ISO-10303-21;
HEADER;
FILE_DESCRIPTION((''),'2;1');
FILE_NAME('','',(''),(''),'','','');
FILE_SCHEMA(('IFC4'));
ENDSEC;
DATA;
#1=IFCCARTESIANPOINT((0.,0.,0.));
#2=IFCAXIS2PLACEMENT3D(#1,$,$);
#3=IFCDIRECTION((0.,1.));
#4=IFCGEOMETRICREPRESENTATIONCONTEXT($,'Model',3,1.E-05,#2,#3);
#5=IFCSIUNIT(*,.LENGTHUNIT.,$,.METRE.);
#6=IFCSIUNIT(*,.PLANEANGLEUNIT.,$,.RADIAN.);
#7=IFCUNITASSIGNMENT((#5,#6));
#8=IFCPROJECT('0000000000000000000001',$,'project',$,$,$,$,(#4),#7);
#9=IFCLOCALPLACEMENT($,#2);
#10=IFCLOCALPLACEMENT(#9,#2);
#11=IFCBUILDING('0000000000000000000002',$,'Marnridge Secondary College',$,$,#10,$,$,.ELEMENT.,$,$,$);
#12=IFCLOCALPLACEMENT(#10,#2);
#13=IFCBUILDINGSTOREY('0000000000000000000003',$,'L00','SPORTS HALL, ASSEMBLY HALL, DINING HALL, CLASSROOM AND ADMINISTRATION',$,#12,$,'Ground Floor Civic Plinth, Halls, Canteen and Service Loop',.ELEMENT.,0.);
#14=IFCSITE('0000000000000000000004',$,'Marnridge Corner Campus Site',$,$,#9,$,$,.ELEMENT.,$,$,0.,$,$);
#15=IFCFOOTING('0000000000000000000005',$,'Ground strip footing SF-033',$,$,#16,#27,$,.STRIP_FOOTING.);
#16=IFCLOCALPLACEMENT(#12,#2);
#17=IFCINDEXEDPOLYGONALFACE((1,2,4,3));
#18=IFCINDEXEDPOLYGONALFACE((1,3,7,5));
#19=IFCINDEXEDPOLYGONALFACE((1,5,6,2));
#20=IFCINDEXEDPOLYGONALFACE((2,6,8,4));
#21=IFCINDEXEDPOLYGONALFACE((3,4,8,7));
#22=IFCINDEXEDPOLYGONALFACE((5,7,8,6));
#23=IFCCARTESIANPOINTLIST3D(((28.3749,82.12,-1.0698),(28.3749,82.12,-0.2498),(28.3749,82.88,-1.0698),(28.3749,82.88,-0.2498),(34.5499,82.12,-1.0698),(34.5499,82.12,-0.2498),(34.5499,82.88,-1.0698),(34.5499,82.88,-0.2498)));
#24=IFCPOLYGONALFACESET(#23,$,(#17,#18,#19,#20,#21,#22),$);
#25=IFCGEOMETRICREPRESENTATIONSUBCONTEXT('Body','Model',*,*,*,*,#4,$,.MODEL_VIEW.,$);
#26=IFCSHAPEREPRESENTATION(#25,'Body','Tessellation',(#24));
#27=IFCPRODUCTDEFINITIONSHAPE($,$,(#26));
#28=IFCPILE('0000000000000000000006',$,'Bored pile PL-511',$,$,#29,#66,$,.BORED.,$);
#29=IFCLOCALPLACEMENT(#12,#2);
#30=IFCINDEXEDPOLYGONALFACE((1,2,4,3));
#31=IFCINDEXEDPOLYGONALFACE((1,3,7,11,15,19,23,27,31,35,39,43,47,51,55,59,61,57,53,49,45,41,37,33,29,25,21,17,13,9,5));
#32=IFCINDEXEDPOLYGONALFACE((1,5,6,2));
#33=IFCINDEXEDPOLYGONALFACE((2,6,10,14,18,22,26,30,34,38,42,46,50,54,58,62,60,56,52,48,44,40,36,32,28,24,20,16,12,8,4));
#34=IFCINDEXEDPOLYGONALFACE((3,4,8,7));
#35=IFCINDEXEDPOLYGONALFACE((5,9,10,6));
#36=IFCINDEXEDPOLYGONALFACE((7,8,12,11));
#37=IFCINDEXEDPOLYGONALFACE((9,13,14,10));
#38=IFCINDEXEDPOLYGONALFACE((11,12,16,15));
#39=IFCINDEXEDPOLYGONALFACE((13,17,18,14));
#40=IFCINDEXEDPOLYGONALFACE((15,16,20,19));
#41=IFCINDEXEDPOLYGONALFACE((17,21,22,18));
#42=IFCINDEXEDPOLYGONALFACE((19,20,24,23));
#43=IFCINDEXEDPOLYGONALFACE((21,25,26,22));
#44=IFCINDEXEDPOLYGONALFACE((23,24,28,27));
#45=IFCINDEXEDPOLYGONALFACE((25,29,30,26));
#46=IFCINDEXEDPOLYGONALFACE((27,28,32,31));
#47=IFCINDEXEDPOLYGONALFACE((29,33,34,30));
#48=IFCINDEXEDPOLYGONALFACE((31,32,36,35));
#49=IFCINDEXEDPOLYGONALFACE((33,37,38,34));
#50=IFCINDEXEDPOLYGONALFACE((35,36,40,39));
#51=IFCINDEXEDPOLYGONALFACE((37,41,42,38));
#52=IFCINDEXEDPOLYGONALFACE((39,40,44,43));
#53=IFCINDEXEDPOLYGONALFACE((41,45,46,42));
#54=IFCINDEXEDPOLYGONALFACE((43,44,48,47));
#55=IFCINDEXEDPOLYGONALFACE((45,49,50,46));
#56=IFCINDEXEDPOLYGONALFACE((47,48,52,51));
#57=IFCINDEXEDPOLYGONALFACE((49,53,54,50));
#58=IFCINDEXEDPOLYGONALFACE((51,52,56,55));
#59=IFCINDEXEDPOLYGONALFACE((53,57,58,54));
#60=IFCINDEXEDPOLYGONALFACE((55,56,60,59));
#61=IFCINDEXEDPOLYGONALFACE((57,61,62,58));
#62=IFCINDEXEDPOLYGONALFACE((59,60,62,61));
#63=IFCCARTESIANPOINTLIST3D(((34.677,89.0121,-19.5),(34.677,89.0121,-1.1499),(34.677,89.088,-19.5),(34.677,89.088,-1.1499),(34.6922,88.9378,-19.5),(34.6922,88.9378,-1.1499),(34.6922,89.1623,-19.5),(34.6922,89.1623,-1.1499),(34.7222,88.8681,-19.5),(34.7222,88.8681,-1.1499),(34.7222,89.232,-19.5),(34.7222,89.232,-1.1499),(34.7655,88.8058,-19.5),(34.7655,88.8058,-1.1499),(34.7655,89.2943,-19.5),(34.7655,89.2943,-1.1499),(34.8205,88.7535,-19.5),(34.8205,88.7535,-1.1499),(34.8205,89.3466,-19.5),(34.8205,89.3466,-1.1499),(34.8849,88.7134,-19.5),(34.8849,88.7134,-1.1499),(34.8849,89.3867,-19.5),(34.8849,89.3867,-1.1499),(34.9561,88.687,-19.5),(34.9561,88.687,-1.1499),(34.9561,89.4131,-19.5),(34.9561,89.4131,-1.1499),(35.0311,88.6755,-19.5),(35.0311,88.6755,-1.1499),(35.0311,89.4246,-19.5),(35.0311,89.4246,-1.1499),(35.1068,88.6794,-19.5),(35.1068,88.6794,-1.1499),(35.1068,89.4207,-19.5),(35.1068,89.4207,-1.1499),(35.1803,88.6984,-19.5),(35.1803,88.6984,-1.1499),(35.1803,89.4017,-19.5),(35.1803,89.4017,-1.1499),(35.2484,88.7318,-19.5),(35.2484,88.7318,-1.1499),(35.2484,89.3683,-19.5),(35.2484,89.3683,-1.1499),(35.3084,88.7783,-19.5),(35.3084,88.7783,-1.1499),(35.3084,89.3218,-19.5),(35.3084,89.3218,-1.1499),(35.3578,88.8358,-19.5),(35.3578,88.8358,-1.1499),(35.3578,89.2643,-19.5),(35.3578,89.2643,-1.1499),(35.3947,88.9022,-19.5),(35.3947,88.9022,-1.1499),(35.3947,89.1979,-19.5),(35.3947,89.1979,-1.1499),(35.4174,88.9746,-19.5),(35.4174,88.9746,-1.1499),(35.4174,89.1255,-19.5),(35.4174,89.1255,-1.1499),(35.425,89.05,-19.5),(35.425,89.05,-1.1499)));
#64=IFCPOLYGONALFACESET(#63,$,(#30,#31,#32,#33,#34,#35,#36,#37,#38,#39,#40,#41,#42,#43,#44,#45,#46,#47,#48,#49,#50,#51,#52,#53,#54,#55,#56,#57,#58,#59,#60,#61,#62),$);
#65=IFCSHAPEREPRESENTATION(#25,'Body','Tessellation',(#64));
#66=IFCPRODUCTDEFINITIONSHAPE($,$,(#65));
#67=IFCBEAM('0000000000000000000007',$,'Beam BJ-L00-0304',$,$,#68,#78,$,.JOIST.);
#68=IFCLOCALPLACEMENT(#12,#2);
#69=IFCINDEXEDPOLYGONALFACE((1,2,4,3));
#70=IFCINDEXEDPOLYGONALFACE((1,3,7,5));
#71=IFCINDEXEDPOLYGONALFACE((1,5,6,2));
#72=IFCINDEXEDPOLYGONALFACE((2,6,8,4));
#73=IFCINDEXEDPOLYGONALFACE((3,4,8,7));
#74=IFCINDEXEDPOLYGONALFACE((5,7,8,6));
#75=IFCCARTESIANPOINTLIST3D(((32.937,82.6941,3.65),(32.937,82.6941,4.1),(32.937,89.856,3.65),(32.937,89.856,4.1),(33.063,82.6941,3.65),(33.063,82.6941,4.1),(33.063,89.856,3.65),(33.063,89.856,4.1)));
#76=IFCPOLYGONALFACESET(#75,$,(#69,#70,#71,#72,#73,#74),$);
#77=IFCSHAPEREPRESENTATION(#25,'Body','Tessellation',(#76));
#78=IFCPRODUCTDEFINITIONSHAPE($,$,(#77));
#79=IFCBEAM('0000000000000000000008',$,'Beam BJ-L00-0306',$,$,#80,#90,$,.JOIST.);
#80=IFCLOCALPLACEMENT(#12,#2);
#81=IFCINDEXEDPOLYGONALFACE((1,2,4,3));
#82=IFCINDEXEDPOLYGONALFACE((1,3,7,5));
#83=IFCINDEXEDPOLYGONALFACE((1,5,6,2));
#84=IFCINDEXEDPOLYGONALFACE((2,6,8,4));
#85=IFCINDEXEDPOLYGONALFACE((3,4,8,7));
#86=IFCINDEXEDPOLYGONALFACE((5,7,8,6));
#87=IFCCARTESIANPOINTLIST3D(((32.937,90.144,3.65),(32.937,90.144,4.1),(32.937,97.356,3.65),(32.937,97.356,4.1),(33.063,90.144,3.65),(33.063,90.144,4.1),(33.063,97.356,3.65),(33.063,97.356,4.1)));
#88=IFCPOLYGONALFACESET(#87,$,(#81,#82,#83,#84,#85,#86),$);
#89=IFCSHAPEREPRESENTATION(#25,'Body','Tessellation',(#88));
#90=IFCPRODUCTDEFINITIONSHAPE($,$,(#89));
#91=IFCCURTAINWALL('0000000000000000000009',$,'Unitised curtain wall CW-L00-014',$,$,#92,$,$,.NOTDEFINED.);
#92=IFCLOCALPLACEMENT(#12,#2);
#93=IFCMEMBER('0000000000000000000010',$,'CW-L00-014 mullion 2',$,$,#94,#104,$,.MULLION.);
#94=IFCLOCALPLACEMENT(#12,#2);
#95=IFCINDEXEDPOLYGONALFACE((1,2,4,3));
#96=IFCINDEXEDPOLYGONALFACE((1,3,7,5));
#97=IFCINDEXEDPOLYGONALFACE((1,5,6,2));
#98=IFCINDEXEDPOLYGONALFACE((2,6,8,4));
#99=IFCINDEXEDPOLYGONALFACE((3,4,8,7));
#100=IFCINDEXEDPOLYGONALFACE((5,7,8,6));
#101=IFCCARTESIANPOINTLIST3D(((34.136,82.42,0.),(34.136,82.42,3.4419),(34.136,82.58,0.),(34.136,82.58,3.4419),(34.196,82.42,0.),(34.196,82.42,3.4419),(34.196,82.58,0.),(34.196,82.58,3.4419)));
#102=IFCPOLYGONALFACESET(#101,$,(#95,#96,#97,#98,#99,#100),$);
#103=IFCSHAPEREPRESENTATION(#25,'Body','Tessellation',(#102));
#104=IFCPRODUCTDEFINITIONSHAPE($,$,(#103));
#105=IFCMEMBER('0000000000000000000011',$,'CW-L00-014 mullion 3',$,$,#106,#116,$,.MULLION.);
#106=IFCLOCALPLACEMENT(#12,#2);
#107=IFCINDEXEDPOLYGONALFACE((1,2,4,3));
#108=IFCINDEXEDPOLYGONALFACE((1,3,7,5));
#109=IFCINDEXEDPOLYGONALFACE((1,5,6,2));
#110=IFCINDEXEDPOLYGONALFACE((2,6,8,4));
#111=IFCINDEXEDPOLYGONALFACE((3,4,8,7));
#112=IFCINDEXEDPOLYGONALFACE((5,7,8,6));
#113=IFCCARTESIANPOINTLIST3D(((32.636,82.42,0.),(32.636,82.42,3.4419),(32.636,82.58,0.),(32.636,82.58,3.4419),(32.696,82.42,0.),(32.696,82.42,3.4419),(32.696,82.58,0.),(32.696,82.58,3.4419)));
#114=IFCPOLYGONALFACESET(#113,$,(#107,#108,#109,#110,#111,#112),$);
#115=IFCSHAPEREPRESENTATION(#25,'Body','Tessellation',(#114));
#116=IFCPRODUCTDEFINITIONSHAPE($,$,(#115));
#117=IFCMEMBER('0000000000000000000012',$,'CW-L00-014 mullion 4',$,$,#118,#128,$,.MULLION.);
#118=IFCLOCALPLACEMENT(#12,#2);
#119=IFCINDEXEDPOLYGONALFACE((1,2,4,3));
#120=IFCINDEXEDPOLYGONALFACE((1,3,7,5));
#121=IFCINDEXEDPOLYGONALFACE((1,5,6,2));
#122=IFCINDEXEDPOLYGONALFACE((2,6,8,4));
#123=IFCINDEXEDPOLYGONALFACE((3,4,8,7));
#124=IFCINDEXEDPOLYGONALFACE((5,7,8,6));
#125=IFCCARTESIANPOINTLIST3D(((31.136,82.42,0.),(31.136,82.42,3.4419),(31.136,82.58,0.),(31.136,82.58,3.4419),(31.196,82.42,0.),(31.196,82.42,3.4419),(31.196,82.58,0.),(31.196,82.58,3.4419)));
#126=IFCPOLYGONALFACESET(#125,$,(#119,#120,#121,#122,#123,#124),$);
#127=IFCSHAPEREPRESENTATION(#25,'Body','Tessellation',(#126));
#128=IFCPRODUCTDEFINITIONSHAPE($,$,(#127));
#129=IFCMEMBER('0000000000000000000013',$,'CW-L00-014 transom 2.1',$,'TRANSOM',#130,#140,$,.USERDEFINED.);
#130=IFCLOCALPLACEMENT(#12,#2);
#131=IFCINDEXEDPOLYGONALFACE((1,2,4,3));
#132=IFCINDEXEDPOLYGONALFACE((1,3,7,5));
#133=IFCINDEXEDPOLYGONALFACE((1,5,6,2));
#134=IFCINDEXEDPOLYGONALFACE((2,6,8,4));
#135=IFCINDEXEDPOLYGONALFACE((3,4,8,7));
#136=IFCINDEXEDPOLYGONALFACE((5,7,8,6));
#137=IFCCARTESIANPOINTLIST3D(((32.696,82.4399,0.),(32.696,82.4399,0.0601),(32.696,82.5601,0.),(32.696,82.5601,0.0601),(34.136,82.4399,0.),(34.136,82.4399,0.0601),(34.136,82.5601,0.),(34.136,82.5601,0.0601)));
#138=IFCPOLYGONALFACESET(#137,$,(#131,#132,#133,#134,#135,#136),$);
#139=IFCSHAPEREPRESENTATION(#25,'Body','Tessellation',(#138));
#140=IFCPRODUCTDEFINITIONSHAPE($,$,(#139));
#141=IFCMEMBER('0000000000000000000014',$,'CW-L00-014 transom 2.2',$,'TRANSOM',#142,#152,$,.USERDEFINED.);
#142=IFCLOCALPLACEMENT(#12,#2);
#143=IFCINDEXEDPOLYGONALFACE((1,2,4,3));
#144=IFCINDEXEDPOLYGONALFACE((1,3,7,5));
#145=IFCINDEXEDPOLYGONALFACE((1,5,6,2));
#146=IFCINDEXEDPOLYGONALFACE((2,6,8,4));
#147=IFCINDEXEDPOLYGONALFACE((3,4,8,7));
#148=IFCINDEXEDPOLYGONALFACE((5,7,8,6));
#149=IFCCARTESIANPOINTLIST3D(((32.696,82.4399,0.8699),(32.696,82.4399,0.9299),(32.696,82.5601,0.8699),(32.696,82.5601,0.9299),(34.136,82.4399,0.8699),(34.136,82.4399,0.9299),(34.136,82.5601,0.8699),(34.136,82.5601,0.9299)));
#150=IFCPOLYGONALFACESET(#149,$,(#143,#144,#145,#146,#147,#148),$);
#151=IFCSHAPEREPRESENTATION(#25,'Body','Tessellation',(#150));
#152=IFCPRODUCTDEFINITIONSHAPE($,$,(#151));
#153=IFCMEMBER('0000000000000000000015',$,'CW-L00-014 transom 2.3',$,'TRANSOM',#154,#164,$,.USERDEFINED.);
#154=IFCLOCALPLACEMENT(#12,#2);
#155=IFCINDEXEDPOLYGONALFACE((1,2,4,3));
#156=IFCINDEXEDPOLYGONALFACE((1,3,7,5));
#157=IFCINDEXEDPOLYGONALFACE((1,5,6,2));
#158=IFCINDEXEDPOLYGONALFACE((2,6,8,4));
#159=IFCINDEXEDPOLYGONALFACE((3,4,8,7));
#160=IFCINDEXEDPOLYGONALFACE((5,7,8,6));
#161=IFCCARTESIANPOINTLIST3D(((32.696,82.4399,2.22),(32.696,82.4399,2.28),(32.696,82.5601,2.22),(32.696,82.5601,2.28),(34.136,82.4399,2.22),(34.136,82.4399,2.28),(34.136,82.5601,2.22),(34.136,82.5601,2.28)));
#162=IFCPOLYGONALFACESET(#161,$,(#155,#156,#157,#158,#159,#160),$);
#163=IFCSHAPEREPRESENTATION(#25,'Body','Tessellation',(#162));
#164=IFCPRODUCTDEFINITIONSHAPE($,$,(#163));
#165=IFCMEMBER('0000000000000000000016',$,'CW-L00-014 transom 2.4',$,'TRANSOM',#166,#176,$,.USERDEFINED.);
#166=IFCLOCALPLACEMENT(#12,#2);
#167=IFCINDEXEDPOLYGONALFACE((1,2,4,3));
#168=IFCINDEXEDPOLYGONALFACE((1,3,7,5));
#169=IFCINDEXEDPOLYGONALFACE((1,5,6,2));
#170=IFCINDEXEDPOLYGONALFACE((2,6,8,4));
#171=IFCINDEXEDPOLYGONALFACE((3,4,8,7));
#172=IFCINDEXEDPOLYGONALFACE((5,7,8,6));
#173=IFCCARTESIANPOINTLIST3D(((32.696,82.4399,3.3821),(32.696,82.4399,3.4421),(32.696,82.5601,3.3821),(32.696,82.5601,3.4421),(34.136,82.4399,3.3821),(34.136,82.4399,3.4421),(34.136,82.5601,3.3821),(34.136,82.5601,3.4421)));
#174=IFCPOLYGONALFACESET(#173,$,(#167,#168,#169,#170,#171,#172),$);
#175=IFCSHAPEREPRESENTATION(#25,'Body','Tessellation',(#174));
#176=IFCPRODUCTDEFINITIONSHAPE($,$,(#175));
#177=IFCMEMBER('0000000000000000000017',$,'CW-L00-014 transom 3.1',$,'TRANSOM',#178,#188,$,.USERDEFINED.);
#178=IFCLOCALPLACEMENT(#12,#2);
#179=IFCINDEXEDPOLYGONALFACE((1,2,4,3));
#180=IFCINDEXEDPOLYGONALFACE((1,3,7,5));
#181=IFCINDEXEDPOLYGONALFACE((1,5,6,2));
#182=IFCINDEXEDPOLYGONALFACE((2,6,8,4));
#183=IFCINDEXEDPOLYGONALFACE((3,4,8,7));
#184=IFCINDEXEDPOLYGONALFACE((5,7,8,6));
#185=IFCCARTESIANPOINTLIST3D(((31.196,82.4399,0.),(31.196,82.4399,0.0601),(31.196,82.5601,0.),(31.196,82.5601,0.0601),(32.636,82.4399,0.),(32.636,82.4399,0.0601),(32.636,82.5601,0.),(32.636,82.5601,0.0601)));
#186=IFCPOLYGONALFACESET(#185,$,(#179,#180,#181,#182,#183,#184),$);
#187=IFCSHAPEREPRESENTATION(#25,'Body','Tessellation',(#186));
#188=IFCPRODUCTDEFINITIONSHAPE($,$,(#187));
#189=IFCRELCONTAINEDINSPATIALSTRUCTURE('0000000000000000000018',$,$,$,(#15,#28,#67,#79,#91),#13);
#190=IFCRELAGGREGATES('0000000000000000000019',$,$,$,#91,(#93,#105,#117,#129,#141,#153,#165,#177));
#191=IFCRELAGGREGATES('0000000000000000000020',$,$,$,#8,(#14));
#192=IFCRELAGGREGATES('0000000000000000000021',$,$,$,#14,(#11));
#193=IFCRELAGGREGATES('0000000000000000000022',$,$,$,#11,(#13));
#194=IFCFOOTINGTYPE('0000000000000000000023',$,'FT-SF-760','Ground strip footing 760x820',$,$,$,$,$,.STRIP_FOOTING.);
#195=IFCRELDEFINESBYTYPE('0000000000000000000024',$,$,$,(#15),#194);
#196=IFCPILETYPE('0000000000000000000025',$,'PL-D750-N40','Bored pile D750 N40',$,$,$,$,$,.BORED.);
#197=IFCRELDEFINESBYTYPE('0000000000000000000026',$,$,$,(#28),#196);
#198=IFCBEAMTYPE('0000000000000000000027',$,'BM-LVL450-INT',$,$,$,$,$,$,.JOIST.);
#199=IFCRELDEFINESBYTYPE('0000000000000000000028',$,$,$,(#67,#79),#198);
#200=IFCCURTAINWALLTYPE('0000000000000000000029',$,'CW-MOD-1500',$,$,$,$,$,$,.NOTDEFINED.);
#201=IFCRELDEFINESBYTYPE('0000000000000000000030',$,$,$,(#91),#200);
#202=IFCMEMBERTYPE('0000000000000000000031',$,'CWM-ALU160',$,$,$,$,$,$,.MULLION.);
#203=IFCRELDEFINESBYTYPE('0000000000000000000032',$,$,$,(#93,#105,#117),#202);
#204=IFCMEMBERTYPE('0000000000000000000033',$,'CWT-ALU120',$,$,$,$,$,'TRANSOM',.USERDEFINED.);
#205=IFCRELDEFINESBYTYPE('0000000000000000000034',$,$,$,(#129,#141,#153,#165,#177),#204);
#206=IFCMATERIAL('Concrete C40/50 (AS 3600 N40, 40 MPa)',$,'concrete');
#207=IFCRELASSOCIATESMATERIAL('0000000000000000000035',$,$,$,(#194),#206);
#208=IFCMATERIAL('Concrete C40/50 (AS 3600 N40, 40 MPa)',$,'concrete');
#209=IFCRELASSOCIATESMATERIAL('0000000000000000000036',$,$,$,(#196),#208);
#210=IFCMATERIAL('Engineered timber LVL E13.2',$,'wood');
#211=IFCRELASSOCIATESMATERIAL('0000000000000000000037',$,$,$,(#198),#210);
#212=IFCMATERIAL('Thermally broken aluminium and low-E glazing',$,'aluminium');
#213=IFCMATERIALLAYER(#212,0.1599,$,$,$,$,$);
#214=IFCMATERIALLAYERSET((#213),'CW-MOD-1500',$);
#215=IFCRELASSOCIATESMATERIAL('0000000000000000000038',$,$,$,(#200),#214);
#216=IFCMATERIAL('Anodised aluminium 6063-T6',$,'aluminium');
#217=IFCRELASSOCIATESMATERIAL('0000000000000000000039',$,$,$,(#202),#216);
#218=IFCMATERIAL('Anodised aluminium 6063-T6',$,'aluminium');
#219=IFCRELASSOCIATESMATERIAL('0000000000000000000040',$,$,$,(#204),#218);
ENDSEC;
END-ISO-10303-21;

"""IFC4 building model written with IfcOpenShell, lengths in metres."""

from ifc_helpers import new_model, si_unit, direction, frame, origin, origin_2d, place, context, subcontext, project, spatial, rectangle, circle, extrude, material, layer, layer_set, material_profile, profile_set, type_object, element, aggregate, save


model = new_model("IFC4")

# Units and contexts
model_context = context("Model", 3, precision=1e-05, world=origin(), true_north=direction((0.0, 1.0)))
body_context = subcontext(model_context, "Body", "Model", "MODEL_VIEW")
ifc_project = project(units=[si_unit("LENGTHUNIT", "METRE"), si_unit("PLANEANGLEUNIT", "RADIAN")], contexts=[model_context])

# Site, building, storey
site_placement = place(None, origin())
site = spatial("IfcSite", under=ifc_project, at=site_placement, Name="Marnridge Corner Campus Site", CompositionType="ELEMENT", RefElevation=0.0)
building_placement = place(site_placement, origin())
building = spatial("IfcBuilding", under=site, at=building_placement, Name="Marnridge Secondary College", CompositionType="ELEMENT")
storey_placement = place(building_placement, origin())
storey = spatial("IfcBuildingStorey", under=building, at=storey_placement, Name="L00", Description="SPORTS HALL, ASSEMBLY HALL, DINING HALL, CLASSROOM AND ADMINISTRATION", LongName="Ground Floor Civic Plinth, Halls, Canteen and Service Loop", CompositionType="ELEMENT", Elevation=0.0)

# Footing
ifc_material_1 = material(Name="Concrete C40/50 (AS 3600 N40, 40 MPa)", Category="concrete")
footing_type = type_object("IfcFootingType", Name="FT-SF-760", Description="Ground strip footing 760x820", PredefinedType="STRIP_FOOTING", material=ifc_material_1)
footing_placement = place(storey_placement, frame((31.4624, 82.5, -1.0698), z_axis=(0.0, 0.0, 1.0), x_axis=(1.0, 0.0, 0.0)))
element("IfcFooting", 1, at=footing_placement, inside=storey, type_object=footing_type, Name="Ground strip footing SF-033", PredefinedType="STRIP_FOOTING", context=body_context, shape_type="SweptSolid", body=[
    extrude(rectangle(XDim=6.175, YDim=0.76, at=origin_2d()), origin(), (0.0, 0.0, 1.0), 0.8201),
])

# Pile
ifc_material_2 = material(Name="Concrete C40/50 (AS 3600 N40, 40 MPa)", Category="concrete")
ifc_material_profile_1 = material_profile(ifc_material_2, circle(Radius=0.375, at=origin_2d()), Name="PILE D750")
ifc_profile_set_1 = profile_set([ifc_material_profile_1], Name="Concrete C40/50 (AS 3600 N40, 40 MPa)")
pile_type = type_object("IfcPileType", Name="PL-D750-N40", Description="Bored pile D750 N40", PredefinedType="BORED", material=ifc_profile_set_1)
pile_placement = place(storey_placement, frame((35.05, 89.05, -1.1499), z_axis=(0.0, 0.0, -1.0), x_axis=(1.0, 0.0, 0.0)))
element("IfcPile", 2, at=pile_placement, inside=storey, type_object=pile_type, Name="Bored pile PL-511", PredefinedType="BORED", context=body_context, shape_type="SweptSolid", body=[
    extrude(circle(Radius=0.375, at=origin_2d()), origin(), (0.0, 0.0, 1.0), 18.3501),
])

# Beams
ifc_material_3 = material(Name="Engineered timber LVL E13.2", Category="wood")
ifc_material_profile_2 = material_profile(ifc_material_3, rectangle(XDim=0.126, YDim=0.45, at=origin_2d()), Name="LVL 126x450")
ifc_profile_set_2 = profile_set([ifc_material_profile_2], Name="Engineered timber LVL E13.2")
beam_type = type_object("IfcBeamType", Name="BM-LVL450-INT", PredefinedType="JOIST", material=ifc_profile_set_2)
beam_1_placement = place(storey_placement, frame((33.0, 82.6941, 3.875), z_axis=(0.0, 1.0, 0.0), x_axis=(-1.0, 0.0, 0.0)))
element("IfcBeam", 3, at=beam_1_placement, inside=storey, type_object=beam_type, Name="Beam BJ-L00-0304", PredefinedType="JOIST", context=body_context, shape_type="SweptSolid", body=[
    extrude(rectangle(XDim=0.126, YDim=0.45, at=origin_2d()), origin(), (0.0, 0.0, 1.0), 7.1619),
])
beam_2_placement = place(storey_placement, frame((33.0, 90.144, 3.875), z_axis=(0.0, 1.0, 0.0), x_axis=(-1.0, 0.0, 0.0)))
element("IfcBeam", 4, at=beam_2_placement, inside=storey, type_object=beam_type, Name="Beam BJ-L00-0306", PredefinedType="JOIST", context=body_context, shape_type="SweptSolid", body=[
    extrude(rectangle(XDim=0.126, YDim=0.45, at=origin_2d()), origin(), (0.0, 0.0, 1.0), 7.2119),
])

# Curtain wall, members
ifc_material_4 = material(Name="Thermally broken aluminium and low-E glazing", Category="aluminium")
ifc_layer_1 = layer(ifc_material_4, 0.1599)
ifc_layer_set_1 = layer_set([ifc_layer_1], Name="CW-MOD-1500")
curtain_wall_type = type_object("IfcCurtainWallType", Name="CW-MOD-1500", PredefinedType="NOTDEFINED", material=ifc_layer_set_1)
curtain_wall_placement = place(storey_placement, origin())
curtain_wall = element("IfcCurtainWall", 5, at=curtain_wall_placement, inside=storey, type_object=curtain_wall_type, Name="Unitised curtain wall CW-L00-014", PredefinedType="NOTDEFINED")
ifc_material_5 = material(Name="Anodised aluminium 6063-T6", Category="aluminium")
ifc_material_profile_3 = material_profile(ifc_material_5, rectangle(XDim=0.0601, YDim=0.1599, at=origin_2d()), Name="ALU 60x160")
ifc_profile_set_3 = profile_set([ifc_material_profile_3], Name="Anodised aluminium 6063-T6")
member_type_1 = type_object("IfcMemberType", Name="CWM-ALU160", PredefinedType="MULLION", material=ifc_profile_set_3)
member_1_placement = place(storey_placement, frame((34.166, 82.5, 0.0), z_axis=(0.0, 0.0, 1.0), x_axis=(-1.0, 0.0, 0.0)))
member_1 = element("IfcMember", 6, at=member_1_placement, type_object=member_type_1, Name="CW-L00-014 mullion 2", PredefinedType="MULLION", context=body_context, shape_type="SweptSolid", body=[
    extrude(rectangle(XDim=0.0601, YDim=0.1599, at=origin_2d()), origin(), (0.0, 0.0, 1.0), 3.4419),
])
member_2_placement = place(storey_placement, frame((32.666, 82.5, 0.0), z_axis=(0.0, 0.0, 1.0), x_axis=(-1.0, 0.0, 0.0)))
member_2 = element("IfcMember", 7, at=member_2_placement, type_object=member_type_1, Name="CW-L00-014 mullion 3", PredefinedType="MULLION", context=body_context, shape_type="SweptSolid", body=[
    extrude(rectangle(XDim=0.0601, YDim=0.1599, at=origin_2d()), origin(), (0.0, 0.0, 1.0), 3.4419),
])
member_3_placement = place(storey_placement, frame((31.166, 82.5, 0.0), z_axis=(0.0, 0.0, 1.0), x_axis=(-1.0, 0.0, 0.0)))
member_3 = element("IfcMember", 8, at=member_3_placement, type_object=member_type_1, Name="CW-L00-014 mullion 4", PredefinedType="MULLION", context=body_context, shape_type="SweptSolid", body=[
    extrude(rectangle(XDim=0.0601, YDim=0.1599, at=origin_2d()), origin(), (0.0, 0.0, 1.0), 3.4419),
])
ifc_material_6 = material(Name="Anodised aluminium 6063-T6", Category="aluminium")
ifc_material_profile_4 = material_profile(ifc_material_6, rectangle(XDim=0.0601, YDim=0.1201, at=origin_2d()), Name="ALU 60x120")
ifc_profile_set_4 = profile_set([ifc_material_profile_4], Name="Anodised aluminium 6063-T6")
member_type_2 = type_object("IfcMemberType", Name="CWT-ALU120", ElementType="TRANSOM", PredefinedType="USERDEFINED", material=ifc_profile_set_4)
member_4_placement = place(storey_placement, frame((34.136, 82.5, 0.03), z_axis=(-1.0, 0.0, 0.0), x_axis=(0.0, 0.0, 1.0)))
member_4 = element("IfcMember", 9, at=member_4_placement, type_object=member_type_2, Name="CW-L00-014 transom 2.1", ObjectType="TRANSOM", PredefinedType="USERDEFINED", context=body_context, shape_type="SweptSolid", body=[
    extrude(rectangle(XDim=0.0601, YDim=0.1201, at=origin_2d()), origin(), (0.0, 0.0, 1.0), 1.4399),
])
member_5_placement = place(storey_placement, frame((34.136, 82.5, 0.8999), z_axis=(-1.0, 0.0, 0.0), x_axis=(0.0, 0.0, 1.0)))
member_5 = element("IfcMember", 10, at=member_5_placement, type_object=member_type_2, Name="CW-L00-014 transom 2.2", ObjectType="TRANSOM", PredefinedType="USERDEFINED", context=body_context, shape_type="SweptSolid", body=[
    extrude(rectangle(XDim=0.0601, YDim=0.1201, at=origin_2d()), origin(), (0.0, 0.0, 1.0), 1.4399),
])
member_6_placement = place(storey_placement, frame((34.136, 82.5, 2.25), z_axis=(-1.0, 0.0, 0.0), x_axis=(0.0, 0.0, 1.0)))
member_6 = element("IfcMember", 11, at=member_6_placement, type_object=member_type_2, Name="CW-L00-014 transom 2.3", ObjectType="TRANSOM", PredefinedType="USERDEFINED", context=body_context, shape_type="SweptSolid", body=[
    extrude(rectangle(XDim=0.0601, YDim=0.1201, at=origin_2d()), origin(), (0.0, 0.0, 1.0), 1.4399),
])
member_7_placement = place(storey_placement, frame((34.136, 82.5, 3.4121), z_axis=(-1.0, 0.0, 0.0), x_axis=(0.0, 0.0, 1.0)))
member_7 = element("IfcMember", 12, at=member_7_placement, type_object=member_type_2, Name="CW-L00-014 transom 2.4", ObjectType="TRANSOM", PredefinedType="USERDEFINED", context=body_context, shape_type="SweptSolid", body=[
    extrude(rectangle(XDim=0.0601, YDim=0.1201, at=origin_2d()), origin(), (0.0, 0.0, 1.0), 1.4399),
])
member_8_placement = place(storey_placement, frame((32.636, 82.5, 0.03), z_axis=(-1.0, 0.0, 0.0), x_axis=(0.0, 0.0, 1.0)))
member_8 = element("IfcMember", 13, at=member_8_placement, type_object=member_type_2, Name="CW-L00-014 transom 3.1", ObjectType="TRANSOM", PredefinedType="USERDEFINED", context=body_context, shape_type="SweptSolid", body=[
    extrude(rectangle(XDim=0.0601, YDim=0.1201, at=origin_2d()), origin(), (0.0, 0.0, 1.0), 1.4399),
])
aggregate(curtain_wall, [member_1, member_2, member_3, member_4, member_5, member_6, member_7, member_8])

save(model, "model.ifc")
